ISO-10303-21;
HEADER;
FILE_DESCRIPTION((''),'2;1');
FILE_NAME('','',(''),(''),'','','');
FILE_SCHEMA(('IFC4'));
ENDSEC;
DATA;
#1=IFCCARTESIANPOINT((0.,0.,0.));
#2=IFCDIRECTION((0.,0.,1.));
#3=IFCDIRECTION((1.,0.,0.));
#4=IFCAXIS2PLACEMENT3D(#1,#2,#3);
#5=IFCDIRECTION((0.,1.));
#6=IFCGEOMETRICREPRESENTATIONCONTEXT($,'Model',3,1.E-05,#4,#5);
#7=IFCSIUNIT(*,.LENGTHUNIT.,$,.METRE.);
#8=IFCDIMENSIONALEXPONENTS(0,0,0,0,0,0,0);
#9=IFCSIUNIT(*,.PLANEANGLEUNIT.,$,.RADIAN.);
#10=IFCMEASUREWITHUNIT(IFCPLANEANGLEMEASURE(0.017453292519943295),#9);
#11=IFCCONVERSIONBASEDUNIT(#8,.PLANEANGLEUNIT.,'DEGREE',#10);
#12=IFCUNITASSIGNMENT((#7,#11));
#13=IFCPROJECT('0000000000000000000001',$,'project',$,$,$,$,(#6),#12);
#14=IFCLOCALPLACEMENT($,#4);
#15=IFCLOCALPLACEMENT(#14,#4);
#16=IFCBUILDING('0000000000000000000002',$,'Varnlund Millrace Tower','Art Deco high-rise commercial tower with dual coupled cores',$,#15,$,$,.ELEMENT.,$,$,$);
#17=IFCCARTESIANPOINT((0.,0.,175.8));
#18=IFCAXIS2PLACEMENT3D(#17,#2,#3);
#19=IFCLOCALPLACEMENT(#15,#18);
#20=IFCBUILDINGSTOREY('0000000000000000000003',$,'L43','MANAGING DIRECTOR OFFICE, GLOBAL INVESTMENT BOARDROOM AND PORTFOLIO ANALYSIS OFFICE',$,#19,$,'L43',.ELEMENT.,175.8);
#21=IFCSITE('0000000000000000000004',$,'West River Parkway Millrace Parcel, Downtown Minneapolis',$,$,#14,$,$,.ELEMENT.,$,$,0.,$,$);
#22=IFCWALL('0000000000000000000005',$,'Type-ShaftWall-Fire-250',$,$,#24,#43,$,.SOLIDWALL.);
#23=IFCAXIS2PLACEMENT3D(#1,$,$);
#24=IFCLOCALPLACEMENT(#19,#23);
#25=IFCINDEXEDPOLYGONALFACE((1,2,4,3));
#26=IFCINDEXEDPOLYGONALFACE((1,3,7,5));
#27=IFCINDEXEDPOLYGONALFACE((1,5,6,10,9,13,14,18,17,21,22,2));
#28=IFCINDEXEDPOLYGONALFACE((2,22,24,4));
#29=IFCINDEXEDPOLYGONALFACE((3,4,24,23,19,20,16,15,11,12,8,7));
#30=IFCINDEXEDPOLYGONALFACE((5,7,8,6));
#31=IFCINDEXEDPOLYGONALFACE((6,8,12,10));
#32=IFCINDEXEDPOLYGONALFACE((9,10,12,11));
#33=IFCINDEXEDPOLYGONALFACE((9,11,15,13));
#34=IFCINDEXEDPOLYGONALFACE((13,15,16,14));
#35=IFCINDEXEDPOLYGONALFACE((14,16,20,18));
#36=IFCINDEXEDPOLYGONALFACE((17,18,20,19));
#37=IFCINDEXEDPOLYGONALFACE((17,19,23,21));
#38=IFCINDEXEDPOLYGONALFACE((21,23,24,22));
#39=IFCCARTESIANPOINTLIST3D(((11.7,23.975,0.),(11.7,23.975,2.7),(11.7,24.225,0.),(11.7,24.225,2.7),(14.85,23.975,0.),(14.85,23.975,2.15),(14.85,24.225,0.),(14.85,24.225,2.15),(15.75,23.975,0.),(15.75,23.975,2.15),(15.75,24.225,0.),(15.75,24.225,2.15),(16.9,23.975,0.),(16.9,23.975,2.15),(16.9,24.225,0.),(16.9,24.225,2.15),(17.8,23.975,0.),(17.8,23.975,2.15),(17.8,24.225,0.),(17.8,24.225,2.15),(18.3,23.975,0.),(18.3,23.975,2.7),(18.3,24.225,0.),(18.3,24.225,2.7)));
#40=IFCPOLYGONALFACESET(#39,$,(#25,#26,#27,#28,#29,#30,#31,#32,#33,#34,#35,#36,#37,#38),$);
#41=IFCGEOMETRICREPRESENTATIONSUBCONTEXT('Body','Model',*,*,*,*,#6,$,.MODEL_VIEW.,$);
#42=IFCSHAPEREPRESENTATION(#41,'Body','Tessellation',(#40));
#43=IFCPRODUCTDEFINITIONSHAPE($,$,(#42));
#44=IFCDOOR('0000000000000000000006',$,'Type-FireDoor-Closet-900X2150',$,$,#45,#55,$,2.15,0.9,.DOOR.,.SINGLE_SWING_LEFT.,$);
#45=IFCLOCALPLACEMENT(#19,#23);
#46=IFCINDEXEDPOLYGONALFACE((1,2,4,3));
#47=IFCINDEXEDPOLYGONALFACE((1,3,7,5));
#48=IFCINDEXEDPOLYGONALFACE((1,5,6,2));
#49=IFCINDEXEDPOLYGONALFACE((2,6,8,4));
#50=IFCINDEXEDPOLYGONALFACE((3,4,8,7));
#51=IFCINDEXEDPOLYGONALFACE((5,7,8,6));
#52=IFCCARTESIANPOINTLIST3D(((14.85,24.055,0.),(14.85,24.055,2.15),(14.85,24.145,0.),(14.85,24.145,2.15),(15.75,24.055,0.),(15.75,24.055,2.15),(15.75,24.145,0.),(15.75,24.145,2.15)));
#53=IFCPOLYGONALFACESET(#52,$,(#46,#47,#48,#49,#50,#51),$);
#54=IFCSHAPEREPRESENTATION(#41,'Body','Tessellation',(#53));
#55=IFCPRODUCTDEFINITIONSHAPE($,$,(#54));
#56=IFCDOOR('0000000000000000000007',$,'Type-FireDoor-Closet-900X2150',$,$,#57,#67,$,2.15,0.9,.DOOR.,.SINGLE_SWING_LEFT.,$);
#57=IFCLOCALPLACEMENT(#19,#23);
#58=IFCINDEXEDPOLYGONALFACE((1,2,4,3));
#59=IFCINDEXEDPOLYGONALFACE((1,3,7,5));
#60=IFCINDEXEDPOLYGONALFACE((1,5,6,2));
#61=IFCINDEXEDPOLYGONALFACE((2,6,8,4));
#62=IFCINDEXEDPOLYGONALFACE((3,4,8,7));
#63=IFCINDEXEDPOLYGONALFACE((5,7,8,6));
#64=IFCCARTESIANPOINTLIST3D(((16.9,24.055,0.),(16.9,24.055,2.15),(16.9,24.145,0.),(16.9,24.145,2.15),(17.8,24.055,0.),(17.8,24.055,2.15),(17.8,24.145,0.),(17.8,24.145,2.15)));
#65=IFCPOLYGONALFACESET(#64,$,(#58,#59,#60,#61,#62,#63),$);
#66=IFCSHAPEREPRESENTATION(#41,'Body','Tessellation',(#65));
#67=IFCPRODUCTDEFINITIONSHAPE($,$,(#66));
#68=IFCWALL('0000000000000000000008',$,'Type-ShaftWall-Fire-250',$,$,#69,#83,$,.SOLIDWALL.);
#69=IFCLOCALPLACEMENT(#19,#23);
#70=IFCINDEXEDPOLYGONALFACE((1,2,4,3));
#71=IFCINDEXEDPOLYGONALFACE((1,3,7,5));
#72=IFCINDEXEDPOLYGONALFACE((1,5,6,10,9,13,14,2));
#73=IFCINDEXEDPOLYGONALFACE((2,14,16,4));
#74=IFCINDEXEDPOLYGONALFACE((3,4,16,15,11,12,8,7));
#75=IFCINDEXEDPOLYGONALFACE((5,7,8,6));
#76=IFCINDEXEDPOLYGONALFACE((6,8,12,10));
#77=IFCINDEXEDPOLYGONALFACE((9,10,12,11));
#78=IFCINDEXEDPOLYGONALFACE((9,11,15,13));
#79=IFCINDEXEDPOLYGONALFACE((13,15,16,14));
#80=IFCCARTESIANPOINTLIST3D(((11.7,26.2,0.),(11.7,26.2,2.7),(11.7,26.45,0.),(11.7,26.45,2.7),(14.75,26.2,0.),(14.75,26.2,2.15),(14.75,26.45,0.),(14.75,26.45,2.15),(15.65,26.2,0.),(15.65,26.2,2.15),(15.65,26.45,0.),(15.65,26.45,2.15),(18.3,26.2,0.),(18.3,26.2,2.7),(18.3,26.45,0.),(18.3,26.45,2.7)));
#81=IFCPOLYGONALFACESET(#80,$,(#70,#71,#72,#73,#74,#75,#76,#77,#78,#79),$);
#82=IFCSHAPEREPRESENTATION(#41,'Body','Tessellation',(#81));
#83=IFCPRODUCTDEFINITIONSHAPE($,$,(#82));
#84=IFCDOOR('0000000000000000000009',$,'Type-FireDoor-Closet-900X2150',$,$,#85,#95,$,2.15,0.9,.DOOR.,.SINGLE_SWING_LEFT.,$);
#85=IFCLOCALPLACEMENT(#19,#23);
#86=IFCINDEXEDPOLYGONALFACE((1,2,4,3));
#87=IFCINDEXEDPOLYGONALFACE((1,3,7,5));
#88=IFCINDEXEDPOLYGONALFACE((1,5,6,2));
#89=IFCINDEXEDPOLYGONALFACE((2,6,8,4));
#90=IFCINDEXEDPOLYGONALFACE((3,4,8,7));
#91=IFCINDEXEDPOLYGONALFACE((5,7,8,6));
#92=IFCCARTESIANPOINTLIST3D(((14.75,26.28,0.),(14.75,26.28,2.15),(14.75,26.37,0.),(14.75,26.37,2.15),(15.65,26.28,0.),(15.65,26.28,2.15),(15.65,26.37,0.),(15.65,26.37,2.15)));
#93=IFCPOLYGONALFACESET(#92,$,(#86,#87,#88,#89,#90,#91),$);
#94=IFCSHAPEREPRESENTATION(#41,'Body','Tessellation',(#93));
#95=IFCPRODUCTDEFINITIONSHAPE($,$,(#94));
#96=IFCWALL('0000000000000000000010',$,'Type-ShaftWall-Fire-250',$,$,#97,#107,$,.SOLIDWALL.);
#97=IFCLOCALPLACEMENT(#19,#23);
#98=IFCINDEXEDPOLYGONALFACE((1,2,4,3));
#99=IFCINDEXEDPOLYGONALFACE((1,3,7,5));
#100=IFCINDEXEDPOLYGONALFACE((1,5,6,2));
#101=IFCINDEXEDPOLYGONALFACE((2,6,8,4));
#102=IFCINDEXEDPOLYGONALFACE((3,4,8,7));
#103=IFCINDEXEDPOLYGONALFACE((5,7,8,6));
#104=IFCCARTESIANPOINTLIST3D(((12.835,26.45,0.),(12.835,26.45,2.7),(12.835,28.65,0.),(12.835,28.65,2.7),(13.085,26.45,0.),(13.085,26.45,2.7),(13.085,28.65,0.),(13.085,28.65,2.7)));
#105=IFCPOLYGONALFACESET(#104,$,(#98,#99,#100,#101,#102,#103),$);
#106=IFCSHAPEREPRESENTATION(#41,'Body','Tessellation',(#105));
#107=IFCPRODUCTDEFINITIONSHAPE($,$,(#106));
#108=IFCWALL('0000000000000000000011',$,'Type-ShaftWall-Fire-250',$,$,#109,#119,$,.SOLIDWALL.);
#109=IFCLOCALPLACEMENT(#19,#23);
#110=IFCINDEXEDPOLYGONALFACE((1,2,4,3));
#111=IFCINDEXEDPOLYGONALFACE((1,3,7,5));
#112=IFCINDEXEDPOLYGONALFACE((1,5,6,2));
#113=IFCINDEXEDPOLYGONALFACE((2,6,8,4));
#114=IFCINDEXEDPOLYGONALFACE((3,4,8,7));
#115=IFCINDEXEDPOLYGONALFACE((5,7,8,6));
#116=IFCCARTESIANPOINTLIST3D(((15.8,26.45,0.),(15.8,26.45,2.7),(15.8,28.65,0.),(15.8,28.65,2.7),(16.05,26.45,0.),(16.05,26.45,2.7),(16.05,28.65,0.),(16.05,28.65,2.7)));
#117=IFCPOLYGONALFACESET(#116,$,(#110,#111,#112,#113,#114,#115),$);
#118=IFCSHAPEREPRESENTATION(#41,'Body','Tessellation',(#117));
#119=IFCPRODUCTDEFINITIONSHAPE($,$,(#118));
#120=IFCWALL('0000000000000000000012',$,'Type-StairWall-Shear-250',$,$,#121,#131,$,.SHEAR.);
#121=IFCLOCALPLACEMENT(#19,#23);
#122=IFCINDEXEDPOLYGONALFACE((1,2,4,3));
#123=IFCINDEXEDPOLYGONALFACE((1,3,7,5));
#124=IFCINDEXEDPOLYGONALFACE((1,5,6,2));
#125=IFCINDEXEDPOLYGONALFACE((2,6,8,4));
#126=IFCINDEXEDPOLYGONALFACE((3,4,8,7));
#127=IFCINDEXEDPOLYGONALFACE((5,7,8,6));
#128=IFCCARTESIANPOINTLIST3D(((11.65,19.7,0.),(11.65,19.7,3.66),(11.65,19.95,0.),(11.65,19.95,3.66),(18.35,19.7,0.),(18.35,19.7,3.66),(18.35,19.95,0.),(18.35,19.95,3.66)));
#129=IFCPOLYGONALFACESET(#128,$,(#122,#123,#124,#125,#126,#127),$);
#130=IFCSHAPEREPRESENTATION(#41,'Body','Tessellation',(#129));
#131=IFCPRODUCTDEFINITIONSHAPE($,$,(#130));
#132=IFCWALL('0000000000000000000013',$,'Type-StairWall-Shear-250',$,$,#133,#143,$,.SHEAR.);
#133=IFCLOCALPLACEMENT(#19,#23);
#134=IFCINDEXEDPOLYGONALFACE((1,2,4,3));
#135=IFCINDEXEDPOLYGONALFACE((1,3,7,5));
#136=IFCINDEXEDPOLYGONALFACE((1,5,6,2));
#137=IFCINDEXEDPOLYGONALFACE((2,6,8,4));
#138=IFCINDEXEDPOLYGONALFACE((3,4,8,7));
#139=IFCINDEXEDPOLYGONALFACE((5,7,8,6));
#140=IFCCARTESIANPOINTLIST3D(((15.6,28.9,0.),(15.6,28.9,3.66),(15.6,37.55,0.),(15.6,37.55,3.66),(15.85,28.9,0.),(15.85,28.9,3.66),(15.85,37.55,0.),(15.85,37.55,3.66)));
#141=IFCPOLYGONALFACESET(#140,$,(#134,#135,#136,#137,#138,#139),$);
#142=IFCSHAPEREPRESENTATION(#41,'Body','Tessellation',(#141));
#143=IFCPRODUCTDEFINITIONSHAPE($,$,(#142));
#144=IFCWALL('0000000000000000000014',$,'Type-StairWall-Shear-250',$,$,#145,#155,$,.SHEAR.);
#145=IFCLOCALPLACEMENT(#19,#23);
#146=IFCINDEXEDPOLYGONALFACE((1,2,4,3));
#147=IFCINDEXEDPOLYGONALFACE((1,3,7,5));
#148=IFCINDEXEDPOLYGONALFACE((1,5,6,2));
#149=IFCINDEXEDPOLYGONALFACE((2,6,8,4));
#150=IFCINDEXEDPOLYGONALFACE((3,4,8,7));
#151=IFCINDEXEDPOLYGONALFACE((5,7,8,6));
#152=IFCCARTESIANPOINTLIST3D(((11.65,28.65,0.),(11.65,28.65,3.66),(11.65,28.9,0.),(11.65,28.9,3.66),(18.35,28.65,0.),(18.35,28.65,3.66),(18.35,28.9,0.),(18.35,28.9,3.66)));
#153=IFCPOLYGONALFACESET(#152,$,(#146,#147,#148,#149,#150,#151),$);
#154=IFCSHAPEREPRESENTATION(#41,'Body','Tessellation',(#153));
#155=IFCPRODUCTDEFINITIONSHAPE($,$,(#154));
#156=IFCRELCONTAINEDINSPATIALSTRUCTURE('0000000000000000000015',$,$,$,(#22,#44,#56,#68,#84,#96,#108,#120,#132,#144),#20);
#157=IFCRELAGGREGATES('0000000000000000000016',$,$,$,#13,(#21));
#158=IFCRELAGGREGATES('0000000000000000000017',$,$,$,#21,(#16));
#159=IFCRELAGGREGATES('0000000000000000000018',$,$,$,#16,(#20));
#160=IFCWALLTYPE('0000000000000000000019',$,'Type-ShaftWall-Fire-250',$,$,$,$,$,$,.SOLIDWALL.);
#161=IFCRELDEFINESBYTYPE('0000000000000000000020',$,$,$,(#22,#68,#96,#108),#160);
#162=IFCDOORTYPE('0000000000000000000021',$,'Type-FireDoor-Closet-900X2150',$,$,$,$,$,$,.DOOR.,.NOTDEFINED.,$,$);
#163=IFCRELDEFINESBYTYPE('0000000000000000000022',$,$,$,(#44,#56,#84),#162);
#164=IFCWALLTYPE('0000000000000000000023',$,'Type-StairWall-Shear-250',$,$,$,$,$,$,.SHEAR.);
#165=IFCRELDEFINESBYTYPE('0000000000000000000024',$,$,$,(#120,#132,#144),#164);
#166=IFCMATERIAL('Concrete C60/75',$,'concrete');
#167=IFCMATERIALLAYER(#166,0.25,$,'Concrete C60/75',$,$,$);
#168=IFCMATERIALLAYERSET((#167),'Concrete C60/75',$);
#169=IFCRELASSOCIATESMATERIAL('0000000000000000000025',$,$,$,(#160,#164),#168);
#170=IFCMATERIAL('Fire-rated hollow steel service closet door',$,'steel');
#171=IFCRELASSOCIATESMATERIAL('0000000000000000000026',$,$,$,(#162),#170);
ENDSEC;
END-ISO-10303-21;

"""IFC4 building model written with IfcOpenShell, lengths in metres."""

from ifc_helpers import new_model, entity, si_unit, converted_unit, direction, frame, origin_with_axes, origin_2d_with_axis, place, context, subcontext, project, spatial, polyline, rectangle, outline, extrude, material, layer, layer_set, type_object, element, fill, save


model = new_model("IFC4")

# Units and contexts
model_context = context("Model", 3, precision=1e-05, world=origin_with_axes(), true_north=direction((0.0, 1.0)))
body_context = subcontext(model_context, "Body", "Model", "MODEL_VIEW")
ifc_project = project(units=[si_unit("LENGTHUNIT", "METRE"), converted_unit("PLANEANGLEUNIT", "DEGREE", entity("IfcPlaneAngleMeasure", 0.017453292519943295), si_unit("PLANEANGLEUNIT", "RADIAN"), dimensions=[0, 0, 0, 0, 0, 0, 0])], contexts=[model_context])

# Site, building, storey
site_placement = place(None, origin_with_axes())
site = spatial("IfcSite", under=ifc_project, at=site_placement, Name="West River Parkway Millrace Parcel, Downtown Minneapolis", CompositionType="ELEMENT", RefElevation=0.0)
building_placement = place(site_placement, origin_with_axes())
building = spatial("IfcBuilding", under=site, at=building_placement, Name="Varnlund Millrace Tower", Description="Art Deco high-rise commercial tower with dual coupled cores", CompositionType="ELEMENT")
storey_placement = place(building_placement, frame((0.0, 0.0, 175.8), z_axis=(0.0, 0.0, 1.0), x_axis=(1.0, 0.0, 0.0)))
storey = spatial("IfcBuildingStorey", under=building, at=storey_placement, Name="L43", Description="MANAGING DIRECTOR OFFICE, GLOBAL INVESTMENT BOARDROOM AND PORTFOLIO ANALYSIS OFFICE", LongName="L43", CompositionType="ELEMENT", Elevation=175.8)

# Wall, openings, doors
ifc_material_1 = material(Name="Concrete C60/75", Category="concrete")
ifc_layer_1 = layer(ifc_material_1, 0.25, Name="Concrete C60/75")
ifc_layer_set_1 = layer_set([ifc_layer_1], Name="Concrete C60/75")
wall_type_1 = type_object("IfcWallType", Name="Type-ShaftWall-Fire-250", PredefinedType="SOLIDWALL", material=ifc_layer_set_1)
wall_1_placement = place(storey_placement, frame((11.7, 24.1, 0.0), z_axis=(0.0, 0.0, 1.0), x_axis=(1.0, 0.0, 0.0)))
wall_1 = element("IfcWall", 1, at=wall_1_placement, inside=storey, type_object=wall_type_1, Name="Type-ShaftWall-Fire-250", PredefinedType="SOLIDWALL", context=body_context, shape_type="SweptSolid", body=[
    extrude(outline(polyline([(0.0, -0.125), (6.6, -0.125), (6.6, 0.125), (0.0, 0.125), (0.0, -0.125)])), origin_with_axes(), (0.0, 0.0, 1.0), 2.7),
])
opening_1_placement = place(wall_1_placement, frame((3.6, 0.0, 0.0), z_axis=(0.0, 0.0, 1.0), x_axis=(1.0, 0.0, 0.0)))
opening_1 = element("IfcOpeningElement", 2, at=opening_1_placement, cuts=wall_1, PredefinedType="OPENING", context=body_context, shape_type="SweptSolid", body=[
    extrude(rectangle(XDim=0.9, YDim=0.27, at=origin_2d_with_axis()), origin_with_axes(), (0.0, 0.0, 1.0), 2.15),
])
opening_2_placement = place(wall_1_placement, frame((5.65, 0.0, 0.0), z_axis=(0.0, 0.0, 1.0), x_axis=(1.0, 0.0, 0.0)))
opening_2 = element("IfcOpeningElement", 3, at=opening_2_placement, cuts=wall_1, PredefinedType="OPENING", context=body_context, shape_type="SweptSolid", body=[
    extrude(rectangle(XDim=0.9, YDim=0.27, at=origin_2d_with_axis()), origin_with_axes(), (0.0, 0.0, 1.0), 2.15),
])
ifc_material_2 = material(Name="Fire-rated hollow steel service closet door", Category="steel")
door_type_1 = type_object("IfcDoorType", Name="Type-FireDoor-Closet-900X2150", OperationType="NOTDEFINED", PredefinedType="DOOR", material=ifc_material_2)
door_1_placement = place(wall_1_placement, frame((3.6, 0.0, 0.0), z_axis=(0.0, 0.0, 1.0), x_axis=(1.0, 0.0, 0.0)))
door_1 = element("IfcDoor", 4, at=door_1_placement, inside=storey, type_object=door_type_1, Name="Type-FireDoor-Closet-900X2150", OperationType="SINGLE_SWING_LEFT", OverallHeight=2.15, OverallWidth=0.9, PredefinedType="DOOR", context=body_context, shape_type="SweptSolid", body=[
    extrude(rectangle(XDim=0.9, YDim=0.09, at=origin_2d_with_axis()), origin_with_axes(), (0.0, 0.0, 1.0), 2.15),
])
fill(opening_1, door_1)
door_2_placement = place(wall_1_placement, frame((5.65, 0.0, 0.0), z_axis=(0.0, 0.0, 1.0), x_axis=(1.0, 0.0, 0.0)))
door_2 = element("IfcDoor", 5, at=door_2_placement, inside=storey, type_object=door_type_1, Name="Type-FireDoor-Closet-900X2150", OperationType="SINGLE_SWING_LEFT", OverallHeight=2.15, OverallWidth=0.9, PredefinedType="DOOR", context=body_context, shape_type="SweptSolid", body=[
    extrude(rectangle(XDim=0.9, YDim=0.09, at=origin_2d_with_axis()), origin_with_axes(), (0.0, 0.0, 1.0), 2.15),
])
fill(opening_2, door_2)

# Wall, opening, door
wall_2_placement = place(storey_placement, frame((11.7, 26.325, 0.0), z_axis=(0.0, 0.0, 1.0), x_axis=(1.0, 0.0, 0.0)))
wall_2 = element("IfcWall", 6, at=wall_2_placement, inside=storey, type_object=wall_type_1, Name="Type-ShaftWall-Fire-250", PredefinedType="SOLIDWALL", context=body_context, shape_type="SweptSolid", body=[
    extrude(outline(polyline([(0.0, -0.125), (6.6, -0.125), (6.6, 0.125), (0.0, 0.125), (0.0, -0.125)])), origin_with_axes(), (0.0, 0.0, 1.0), 2.7),
])
opening_3_placement = place(wall_2_placement, frame((3.5, 0.0, 0.0), z_axis=(0.0, 0.0, 1.0), x_axis=(1.0, 0.0, 0.0)))
opening_3 = element("IfcOpeningElement", 7, at=opening_3_placement, cuts=wall_2, PredefinedType="OPENING", context=body_context, shape_type="SweptSolid", body=[
    extrude(rectangle(XDim=0.9, YDim=0.27, at=origin_2d_with_axis()), origin_with_axes(), (0.0, 0.0, 1.0), 2.15),
])
door_3_placement = place(wall_2_placement, frame((3.5, 0.0, 0.0), z_axis=(0.0, 0.0, 1.0), x_axis=(1.0, 0.0, 0.0)))
door_3 = element("IfcDoor", 8, at=door_3_placement, inside=storey, type_object=door_type_1, Name="Type-FireDoor-Closet-900X2150", OperationType="SINGLE_SWING_LEFT", OverallHeight=2.15, OverallWidth=0.9, PredefinedType="DOOR", context=body_context, shape_type="SweptSolid", body=[
    extrude(rectangle(XDim=0.9, YDim=0.09, at=origin_2d_with_axis()), origin_with_axes(), (0.0, 0.0, 1.0), 2.15),
])
fill(opening_3, door_3)

# Walls
for number, where, z_axis, x_axis, name in (
    (9, (12.96, 26.45, 0.0), (0.0, 0.0, 1.0), (0.0, 1.0, 0.0), "Type-ShaftWall-Fire-250"),
    (10, (15.925, 26.45, 0.0), (0.0, 0.0, 1.0), (0.0, 1.0, 0.0), "Type-ShaftWall-Fire-250"),
):
    element("IfcWall", number, at=place(storey_placement, frame(where, z_axis=z_axis, x_axis=x_axis)), inside=storey, type_object=wall_type_1, Name=name, PredefinedType="SOLIDWALL", context=body_context, shape_type="SweptSolid", body=[
        extrude(outline(polyline([(0.0, -0.125), (2.2, -0.125), (2.2, 0.125), (0.0, 0.125), (0.0, -0.125)])), origin_with_axes(), (0.0, 0.0, 1.0), 2.7),
    ])
wall_type_2 = type_object("IfcWallType", Name="Type-StairWall-Shear-250", PredefinedType="SHEAR", material=ifc_layer_set_1)
wall_3_placement = place(storey_placement, frame((11.65, 19.825, 0.0), z_axis=(0.0, 0.0, 1.0), x_axis=(1.0, 0.0, 0.0)))
element("IfcWall", 11, at=wall_3_placement, inside=storey, type_object=wall_type_2, Name="Type-StairWall-Shear-250", PredefinedType="SHEAR", context=body_context, shape_type="SweptSolid", body=[
    extrude(outline(polyline([(0.0, -0.125), (6.7, -0.125), (6.7, 0.125), (0.0, 0.125), (0.0, -0.125)])), origin_with_axes(), (0.0, 0.0, 1.0), 3.66),
])
wall_4_placement = place(storey_placement, frame((15.725, 28.9, 0.0), z_axis=(0.0, 0.0, 1.0), x_axis=(0.0, 1.0, 0.0)))
element("IfcWall", 12, at=wall_4_placement, inside=storey, type_object=wall_type_2, Name="Type-StairWall-Shear-250", PredefinedType="SHEAR", context=body_context, shape_type="SweptSolid", body=[
    extrude(outline(polyline([(0.0, -0.125), (8.65, -0.125), (8.65, 0.125), (0.0, 0.125), (0.0, -0.125)])), origin_with_axes(), (0.0, 0.0, 1.0), 3.66),
])
wall_5_placement = place(storey_placement, frame((11.65, 28.775, 0.0), z_axis=(0.0, 0.0, 1.0), x_axis=(1.0, 0.0, 0.0)))
element("IfcWall", 13, at=wall_5_placement, inside=storey, type_object=wall_type_2, Name="Type-StairWall-Shear-250", PredefinedType="SHEAR", context=body_context, shape_type="SweptSolid", body=[
    extrude(outline(polyline([(0.0, -0.125), (6.7, -0.125), (6.7, 0.125), (0.0, 0.125), (0.0, -0.125)])), origin_with_axes(), (0.0, 0.0, 1.0), 3.66),
])

save(model, "model.ifc")
